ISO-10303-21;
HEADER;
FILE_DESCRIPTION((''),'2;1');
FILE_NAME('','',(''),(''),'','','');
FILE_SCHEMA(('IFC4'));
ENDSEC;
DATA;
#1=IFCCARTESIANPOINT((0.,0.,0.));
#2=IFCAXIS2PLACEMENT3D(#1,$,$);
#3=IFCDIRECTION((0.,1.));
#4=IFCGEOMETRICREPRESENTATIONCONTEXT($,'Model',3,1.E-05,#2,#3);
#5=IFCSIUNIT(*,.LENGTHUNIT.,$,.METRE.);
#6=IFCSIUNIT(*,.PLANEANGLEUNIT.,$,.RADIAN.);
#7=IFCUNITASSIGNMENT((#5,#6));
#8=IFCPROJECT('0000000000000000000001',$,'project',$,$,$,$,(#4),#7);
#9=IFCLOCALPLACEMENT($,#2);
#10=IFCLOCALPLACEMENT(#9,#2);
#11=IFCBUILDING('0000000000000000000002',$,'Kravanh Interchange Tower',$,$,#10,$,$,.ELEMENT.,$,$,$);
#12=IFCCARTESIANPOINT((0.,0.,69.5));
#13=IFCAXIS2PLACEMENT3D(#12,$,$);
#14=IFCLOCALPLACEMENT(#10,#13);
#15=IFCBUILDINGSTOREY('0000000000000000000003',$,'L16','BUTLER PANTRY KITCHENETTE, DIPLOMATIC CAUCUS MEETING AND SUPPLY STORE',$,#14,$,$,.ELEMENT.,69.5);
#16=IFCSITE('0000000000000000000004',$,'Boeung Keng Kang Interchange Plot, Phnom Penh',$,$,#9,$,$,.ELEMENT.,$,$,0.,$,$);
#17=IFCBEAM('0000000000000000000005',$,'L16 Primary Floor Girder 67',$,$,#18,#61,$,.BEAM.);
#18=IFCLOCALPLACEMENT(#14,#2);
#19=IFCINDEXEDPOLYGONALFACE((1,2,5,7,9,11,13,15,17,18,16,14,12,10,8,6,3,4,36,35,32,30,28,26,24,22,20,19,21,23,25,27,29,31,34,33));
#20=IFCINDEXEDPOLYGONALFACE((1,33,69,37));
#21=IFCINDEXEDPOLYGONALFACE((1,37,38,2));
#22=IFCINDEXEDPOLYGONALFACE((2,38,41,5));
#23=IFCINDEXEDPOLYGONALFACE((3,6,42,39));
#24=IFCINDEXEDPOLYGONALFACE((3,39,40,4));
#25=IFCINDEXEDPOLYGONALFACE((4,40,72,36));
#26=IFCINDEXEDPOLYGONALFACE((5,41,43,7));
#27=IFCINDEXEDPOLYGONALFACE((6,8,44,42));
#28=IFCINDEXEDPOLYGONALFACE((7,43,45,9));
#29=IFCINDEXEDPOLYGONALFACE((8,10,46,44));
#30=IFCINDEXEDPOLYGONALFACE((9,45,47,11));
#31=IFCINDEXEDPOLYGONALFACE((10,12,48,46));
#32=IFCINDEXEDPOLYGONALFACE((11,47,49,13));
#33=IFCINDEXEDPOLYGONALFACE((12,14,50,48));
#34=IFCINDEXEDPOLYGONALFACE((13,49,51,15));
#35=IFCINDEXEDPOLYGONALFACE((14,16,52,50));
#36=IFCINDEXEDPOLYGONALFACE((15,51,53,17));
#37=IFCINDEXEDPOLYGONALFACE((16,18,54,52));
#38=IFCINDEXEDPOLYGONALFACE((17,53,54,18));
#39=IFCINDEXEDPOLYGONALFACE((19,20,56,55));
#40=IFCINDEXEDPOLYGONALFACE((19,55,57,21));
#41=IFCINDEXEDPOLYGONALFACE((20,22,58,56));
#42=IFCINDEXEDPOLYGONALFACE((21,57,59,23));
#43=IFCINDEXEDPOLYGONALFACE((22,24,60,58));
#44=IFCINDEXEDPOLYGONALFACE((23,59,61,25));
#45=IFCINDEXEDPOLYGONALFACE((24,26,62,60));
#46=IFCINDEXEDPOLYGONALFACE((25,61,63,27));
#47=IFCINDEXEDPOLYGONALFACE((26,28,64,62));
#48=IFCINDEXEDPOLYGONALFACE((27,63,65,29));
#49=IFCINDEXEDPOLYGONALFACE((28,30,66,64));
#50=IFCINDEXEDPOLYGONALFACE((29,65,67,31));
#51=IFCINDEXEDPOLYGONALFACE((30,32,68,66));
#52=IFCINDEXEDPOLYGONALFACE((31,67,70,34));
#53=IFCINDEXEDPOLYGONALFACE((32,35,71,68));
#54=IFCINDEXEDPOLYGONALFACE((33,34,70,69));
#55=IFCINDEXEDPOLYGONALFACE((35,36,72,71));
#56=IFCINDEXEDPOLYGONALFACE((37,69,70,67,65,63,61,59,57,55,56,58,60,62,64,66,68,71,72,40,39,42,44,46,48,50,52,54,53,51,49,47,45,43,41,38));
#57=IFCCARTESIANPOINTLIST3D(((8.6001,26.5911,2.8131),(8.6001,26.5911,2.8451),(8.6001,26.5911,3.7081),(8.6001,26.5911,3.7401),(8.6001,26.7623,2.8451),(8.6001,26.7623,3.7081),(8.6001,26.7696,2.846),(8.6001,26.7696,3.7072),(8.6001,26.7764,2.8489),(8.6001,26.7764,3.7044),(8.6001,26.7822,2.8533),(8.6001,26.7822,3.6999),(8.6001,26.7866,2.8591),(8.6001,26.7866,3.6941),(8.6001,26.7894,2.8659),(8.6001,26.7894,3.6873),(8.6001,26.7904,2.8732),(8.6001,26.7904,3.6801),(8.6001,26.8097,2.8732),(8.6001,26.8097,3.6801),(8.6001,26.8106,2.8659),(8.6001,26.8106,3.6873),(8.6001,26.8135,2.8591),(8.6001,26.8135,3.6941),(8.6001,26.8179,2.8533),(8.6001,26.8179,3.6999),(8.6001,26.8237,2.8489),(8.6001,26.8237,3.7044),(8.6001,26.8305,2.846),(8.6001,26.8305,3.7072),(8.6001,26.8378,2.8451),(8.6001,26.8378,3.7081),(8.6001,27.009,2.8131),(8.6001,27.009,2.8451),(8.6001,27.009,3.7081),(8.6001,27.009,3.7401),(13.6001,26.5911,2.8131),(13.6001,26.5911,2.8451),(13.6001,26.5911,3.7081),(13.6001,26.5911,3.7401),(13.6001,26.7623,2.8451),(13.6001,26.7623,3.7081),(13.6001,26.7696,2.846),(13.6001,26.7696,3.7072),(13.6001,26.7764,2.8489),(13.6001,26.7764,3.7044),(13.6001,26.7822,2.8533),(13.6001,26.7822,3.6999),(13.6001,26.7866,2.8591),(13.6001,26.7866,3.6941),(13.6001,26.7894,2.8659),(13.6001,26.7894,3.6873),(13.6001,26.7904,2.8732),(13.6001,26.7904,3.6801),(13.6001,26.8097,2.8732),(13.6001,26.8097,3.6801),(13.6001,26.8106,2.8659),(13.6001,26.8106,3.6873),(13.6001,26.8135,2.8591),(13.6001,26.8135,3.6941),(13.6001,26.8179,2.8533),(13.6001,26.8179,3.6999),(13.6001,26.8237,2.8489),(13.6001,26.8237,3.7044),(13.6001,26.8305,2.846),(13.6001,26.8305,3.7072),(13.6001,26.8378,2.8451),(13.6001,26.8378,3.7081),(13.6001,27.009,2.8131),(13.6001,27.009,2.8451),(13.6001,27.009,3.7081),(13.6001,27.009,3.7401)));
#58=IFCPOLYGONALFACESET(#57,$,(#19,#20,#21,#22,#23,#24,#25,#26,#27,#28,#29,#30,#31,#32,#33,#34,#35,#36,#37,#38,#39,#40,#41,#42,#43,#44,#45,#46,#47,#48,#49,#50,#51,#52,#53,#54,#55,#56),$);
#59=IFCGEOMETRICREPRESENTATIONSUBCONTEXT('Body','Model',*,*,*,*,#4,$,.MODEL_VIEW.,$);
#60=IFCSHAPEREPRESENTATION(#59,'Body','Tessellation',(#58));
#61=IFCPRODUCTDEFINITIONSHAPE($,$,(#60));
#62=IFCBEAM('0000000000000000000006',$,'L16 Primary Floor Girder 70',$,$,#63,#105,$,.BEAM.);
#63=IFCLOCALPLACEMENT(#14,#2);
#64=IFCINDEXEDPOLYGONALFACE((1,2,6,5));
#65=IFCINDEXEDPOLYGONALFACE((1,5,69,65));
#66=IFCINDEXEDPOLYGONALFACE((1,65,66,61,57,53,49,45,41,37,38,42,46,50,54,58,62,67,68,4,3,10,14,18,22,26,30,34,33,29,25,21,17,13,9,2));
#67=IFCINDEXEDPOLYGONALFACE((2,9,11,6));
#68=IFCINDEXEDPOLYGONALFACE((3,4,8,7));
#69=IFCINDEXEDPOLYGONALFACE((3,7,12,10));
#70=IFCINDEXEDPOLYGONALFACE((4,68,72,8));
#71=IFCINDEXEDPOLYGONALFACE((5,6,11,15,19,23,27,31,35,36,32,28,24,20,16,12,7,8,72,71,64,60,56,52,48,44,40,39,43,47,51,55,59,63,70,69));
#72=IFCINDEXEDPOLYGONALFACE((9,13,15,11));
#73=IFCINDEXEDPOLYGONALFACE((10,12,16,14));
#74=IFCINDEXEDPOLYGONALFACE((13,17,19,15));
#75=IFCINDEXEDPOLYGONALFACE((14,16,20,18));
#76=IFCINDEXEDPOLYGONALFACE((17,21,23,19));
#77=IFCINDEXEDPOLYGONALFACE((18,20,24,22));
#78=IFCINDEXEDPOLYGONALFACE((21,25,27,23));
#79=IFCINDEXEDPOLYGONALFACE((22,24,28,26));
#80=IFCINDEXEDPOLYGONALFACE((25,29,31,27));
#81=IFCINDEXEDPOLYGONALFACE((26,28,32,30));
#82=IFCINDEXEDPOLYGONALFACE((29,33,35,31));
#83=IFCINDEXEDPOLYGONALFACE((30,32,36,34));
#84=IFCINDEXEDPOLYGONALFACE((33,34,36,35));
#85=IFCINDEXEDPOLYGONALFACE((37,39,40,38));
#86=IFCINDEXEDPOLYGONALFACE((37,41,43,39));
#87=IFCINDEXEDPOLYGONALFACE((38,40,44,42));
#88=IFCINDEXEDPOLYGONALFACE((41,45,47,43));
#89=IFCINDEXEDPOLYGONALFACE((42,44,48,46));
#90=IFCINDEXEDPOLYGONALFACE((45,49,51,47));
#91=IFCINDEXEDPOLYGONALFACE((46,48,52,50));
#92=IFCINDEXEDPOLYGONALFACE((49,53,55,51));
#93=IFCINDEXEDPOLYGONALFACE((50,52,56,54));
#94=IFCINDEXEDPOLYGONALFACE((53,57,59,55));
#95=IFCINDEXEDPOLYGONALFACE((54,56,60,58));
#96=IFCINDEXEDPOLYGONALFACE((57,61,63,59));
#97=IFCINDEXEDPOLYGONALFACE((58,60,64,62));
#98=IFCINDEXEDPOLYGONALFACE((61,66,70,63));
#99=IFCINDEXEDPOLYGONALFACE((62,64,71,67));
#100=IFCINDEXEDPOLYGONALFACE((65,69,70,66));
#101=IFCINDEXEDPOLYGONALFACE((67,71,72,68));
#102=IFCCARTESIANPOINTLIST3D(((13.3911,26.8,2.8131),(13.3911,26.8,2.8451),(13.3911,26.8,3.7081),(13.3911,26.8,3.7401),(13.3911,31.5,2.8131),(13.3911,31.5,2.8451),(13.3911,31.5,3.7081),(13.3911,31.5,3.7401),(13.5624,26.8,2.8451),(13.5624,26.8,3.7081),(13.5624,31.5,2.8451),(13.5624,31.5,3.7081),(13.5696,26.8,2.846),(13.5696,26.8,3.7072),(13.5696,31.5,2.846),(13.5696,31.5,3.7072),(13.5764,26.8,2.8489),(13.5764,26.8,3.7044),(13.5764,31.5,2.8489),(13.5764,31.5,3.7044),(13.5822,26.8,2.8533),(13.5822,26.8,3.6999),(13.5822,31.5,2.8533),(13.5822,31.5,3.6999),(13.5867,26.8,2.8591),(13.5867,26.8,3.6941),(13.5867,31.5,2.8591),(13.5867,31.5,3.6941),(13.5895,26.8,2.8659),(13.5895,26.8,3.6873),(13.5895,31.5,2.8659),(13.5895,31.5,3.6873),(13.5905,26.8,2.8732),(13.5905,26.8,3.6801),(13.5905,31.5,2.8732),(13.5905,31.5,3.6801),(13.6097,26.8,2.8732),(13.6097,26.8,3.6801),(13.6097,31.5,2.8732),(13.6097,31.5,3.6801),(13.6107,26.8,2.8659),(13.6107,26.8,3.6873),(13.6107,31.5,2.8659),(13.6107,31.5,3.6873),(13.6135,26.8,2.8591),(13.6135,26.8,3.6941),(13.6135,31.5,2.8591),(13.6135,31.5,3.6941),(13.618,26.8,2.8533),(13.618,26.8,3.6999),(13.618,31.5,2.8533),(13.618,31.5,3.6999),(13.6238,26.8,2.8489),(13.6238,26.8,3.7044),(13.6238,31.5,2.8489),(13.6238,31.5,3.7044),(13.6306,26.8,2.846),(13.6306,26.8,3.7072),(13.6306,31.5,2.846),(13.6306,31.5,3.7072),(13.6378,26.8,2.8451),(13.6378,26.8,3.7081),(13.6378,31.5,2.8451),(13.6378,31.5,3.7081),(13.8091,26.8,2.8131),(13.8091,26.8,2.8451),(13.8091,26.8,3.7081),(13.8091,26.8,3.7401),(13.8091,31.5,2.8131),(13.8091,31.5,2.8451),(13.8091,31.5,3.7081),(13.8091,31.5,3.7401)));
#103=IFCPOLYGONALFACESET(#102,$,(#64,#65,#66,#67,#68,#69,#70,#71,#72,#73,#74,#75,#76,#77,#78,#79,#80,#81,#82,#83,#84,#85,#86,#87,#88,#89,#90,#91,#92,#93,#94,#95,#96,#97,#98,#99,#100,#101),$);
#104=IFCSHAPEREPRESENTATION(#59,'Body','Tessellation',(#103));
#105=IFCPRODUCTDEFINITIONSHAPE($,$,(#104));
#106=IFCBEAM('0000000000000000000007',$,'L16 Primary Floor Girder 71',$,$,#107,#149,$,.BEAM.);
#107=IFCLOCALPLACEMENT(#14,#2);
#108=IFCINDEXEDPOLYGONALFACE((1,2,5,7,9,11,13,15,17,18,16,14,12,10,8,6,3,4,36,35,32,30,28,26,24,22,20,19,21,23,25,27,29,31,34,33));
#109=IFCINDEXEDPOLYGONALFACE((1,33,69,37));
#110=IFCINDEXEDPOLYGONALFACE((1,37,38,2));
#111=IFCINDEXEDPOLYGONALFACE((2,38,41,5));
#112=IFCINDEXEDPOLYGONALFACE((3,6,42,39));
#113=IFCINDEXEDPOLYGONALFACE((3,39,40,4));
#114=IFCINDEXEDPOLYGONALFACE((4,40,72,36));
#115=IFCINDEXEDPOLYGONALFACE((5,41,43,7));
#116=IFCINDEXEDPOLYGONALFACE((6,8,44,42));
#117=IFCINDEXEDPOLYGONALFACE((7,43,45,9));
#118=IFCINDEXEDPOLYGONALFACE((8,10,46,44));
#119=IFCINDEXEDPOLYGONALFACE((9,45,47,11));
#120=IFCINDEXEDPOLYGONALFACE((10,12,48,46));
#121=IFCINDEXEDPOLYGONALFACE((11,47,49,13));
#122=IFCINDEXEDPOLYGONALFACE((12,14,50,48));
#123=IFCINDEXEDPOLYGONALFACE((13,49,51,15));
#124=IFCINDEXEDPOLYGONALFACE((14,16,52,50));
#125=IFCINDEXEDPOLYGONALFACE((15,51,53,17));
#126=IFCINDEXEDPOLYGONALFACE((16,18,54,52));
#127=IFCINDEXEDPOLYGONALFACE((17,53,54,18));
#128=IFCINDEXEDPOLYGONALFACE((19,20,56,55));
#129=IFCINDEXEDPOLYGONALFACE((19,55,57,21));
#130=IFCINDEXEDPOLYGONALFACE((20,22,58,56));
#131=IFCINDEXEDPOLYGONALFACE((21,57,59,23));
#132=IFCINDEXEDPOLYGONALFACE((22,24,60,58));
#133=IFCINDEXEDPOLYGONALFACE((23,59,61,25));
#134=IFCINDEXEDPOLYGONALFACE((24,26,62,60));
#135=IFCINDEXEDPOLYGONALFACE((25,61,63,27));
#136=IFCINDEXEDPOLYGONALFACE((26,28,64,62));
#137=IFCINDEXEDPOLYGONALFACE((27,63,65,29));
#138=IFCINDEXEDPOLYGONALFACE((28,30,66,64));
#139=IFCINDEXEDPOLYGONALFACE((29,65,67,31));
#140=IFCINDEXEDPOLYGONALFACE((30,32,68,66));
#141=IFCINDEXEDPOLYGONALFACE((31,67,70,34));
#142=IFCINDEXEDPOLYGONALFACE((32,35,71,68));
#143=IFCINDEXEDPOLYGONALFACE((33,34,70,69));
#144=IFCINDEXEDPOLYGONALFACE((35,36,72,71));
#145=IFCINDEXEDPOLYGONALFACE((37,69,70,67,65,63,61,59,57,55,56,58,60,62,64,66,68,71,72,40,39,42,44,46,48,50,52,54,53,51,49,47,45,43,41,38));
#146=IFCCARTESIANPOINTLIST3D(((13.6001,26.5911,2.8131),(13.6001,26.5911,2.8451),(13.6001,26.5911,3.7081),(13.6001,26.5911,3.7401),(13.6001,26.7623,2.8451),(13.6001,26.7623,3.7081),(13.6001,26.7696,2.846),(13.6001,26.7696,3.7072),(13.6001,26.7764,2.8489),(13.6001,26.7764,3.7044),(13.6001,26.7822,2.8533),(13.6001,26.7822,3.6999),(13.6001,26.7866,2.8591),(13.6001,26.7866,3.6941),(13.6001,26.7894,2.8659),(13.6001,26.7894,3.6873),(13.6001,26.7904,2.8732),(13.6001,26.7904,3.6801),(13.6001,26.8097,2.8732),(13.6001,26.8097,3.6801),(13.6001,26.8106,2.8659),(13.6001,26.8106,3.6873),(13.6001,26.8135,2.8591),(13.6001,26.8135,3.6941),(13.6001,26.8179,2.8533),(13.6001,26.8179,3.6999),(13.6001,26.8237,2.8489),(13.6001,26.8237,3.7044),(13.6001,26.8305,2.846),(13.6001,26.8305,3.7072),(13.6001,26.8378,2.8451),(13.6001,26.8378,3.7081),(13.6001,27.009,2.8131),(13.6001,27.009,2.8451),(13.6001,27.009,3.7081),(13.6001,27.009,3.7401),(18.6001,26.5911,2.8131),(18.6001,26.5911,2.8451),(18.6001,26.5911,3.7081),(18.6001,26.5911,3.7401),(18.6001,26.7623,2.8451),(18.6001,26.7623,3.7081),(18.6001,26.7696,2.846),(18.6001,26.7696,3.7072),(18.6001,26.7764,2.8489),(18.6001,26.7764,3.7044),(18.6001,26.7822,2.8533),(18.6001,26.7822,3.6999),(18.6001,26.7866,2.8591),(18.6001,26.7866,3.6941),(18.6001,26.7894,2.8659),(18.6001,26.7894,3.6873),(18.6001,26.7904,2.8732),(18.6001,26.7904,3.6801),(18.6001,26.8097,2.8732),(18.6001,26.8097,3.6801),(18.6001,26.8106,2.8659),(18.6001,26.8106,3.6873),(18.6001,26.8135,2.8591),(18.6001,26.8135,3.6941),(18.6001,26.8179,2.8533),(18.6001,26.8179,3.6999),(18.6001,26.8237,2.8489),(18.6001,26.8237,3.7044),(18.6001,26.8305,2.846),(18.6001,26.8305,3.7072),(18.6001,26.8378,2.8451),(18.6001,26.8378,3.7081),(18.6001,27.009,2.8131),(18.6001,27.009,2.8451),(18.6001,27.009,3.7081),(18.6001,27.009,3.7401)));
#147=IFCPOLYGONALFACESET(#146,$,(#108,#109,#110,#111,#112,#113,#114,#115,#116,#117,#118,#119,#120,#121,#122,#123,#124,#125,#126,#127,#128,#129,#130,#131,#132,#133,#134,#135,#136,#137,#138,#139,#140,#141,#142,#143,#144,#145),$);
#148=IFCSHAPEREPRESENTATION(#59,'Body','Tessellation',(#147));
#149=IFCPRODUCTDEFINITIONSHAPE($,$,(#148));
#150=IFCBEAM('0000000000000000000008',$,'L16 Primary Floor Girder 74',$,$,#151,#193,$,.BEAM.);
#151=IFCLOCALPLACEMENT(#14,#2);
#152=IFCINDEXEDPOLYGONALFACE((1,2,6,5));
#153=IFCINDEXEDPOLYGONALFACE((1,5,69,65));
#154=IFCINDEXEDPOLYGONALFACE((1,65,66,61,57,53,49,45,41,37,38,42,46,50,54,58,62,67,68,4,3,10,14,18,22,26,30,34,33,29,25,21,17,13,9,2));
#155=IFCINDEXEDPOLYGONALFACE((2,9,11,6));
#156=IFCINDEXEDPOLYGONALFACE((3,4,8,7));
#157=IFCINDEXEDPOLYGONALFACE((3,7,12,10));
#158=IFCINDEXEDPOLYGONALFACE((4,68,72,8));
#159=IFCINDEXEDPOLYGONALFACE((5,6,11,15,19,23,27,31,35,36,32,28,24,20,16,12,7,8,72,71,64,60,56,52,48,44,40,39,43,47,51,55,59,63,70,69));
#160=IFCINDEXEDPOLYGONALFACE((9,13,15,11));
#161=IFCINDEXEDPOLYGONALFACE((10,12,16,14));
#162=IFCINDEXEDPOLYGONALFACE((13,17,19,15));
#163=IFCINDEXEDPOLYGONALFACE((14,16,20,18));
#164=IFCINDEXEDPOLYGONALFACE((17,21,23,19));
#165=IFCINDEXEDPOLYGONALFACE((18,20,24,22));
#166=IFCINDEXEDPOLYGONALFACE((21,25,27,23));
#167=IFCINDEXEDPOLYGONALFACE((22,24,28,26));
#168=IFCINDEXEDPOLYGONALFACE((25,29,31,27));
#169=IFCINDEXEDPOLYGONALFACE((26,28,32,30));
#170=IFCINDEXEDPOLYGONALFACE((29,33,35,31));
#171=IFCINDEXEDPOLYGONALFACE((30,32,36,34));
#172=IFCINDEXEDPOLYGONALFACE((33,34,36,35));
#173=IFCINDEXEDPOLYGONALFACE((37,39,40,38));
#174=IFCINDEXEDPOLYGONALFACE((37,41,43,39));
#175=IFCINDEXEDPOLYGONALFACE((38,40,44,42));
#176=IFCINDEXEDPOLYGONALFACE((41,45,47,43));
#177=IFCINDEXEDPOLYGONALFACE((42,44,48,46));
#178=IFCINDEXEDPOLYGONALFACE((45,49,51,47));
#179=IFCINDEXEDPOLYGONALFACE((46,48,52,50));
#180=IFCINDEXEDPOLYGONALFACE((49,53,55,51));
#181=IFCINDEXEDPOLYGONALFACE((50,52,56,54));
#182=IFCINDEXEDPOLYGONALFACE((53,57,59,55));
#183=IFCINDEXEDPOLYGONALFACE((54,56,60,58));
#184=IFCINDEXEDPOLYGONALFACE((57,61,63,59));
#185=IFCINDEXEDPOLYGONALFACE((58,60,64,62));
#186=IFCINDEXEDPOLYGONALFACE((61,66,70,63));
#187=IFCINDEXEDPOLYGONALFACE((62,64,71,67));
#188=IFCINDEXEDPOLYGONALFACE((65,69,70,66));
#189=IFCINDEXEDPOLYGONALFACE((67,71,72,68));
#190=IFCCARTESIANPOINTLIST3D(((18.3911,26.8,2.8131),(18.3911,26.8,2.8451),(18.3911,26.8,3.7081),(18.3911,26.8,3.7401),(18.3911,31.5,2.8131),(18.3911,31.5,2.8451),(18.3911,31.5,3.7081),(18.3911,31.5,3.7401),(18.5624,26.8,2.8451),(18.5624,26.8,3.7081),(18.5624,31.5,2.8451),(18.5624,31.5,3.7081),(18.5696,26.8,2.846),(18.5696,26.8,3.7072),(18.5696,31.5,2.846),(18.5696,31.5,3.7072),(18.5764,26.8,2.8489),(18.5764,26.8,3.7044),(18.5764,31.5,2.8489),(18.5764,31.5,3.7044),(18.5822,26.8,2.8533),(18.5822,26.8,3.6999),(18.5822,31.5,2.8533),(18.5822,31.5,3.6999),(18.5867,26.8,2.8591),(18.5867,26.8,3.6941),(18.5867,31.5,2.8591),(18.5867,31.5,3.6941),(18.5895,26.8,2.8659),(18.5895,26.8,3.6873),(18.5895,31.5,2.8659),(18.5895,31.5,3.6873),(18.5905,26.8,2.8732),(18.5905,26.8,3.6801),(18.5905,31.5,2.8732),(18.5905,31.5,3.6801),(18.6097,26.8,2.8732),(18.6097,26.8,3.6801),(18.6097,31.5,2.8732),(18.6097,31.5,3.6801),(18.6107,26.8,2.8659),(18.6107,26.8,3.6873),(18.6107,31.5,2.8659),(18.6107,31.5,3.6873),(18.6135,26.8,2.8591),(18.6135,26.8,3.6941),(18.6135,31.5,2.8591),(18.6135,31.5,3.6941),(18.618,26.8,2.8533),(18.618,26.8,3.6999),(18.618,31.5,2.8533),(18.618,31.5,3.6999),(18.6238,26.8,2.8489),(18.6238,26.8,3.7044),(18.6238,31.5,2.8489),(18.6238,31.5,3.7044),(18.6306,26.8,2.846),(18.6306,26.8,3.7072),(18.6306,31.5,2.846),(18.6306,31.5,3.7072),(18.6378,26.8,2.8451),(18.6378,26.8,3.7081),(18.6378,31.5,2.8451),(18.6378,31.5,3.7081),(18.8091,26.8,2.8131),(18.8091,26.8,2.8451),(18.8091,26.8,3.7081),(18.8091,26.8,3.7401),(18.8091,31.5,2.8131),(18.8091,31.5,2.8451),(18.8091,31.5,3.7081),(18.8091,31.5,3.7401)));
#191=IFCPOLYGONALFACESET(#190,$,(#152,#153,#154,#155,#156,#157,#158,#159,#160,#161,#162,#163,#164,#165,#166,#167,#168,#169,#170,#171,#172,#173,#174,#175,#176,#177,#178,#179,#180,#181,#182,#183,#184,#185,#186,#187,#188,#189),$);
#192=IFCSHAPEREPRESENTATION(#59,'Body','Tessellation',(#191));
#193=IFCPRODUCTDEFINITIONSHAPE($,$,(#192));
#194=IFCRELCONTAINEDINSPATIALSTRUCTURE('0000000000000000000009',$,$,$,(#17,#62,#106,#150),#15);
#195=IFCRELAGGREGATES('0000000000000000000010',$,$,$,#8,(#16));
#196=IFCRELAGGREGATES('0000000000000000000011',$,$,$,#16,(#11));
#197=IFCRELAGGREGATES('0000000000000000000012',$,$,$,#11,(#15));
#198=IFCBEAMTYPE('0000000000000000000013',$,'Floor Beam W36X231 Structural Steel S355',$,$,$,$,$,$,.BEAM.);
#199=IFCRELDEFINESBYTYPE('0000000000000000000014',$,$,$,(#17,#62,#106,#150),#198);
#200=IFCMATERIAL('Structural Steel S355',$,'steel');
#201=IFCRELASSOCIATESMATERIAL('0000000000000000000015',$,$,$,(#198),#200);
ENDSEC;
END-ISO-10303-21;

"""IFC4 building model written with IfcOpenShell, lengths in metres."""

from ifc_helpers import new_model, si_unit, direction, frame, origin, origin_2d, place, context, subcontext, project, spatial, i_section, extrude, material, material_profile, profile_set, type_object, element, save


model = new_model("IFC4")

# Units and contexts
model_context = context("Model", 3, precision=1e-05, world=origin(), true_north=direction((0.0, 1.0)))
body_context = subcontext(model_context, "Body", "Model", "MODEL_VIEW")
ifc_project = project(units=[si_unit("LENGTHUNIT", "METRE"), si_unit("PLANEANGLEUNIT", "RADIAN")], contexts=[model_context])

# Site, building, storey
site_placement = place(None, origin())
site = spatial("IfcSite", under=ifc_project, at=site_placement, Name="Boeung Keng Kang Interchange Plot, Phnom Penh", CompositionType="ELEMENT", RefElevation=0.0)
building_placement = place(site_placement, origin())
building = spatial("IfcBuilding", under=site, at=building_placement, Name="Kravanh Interchange Tower", CompositionType="ELEMENT")
storey_placement = place(building_placement, frame((0.0, 0.0, 69.5)))
storey = spatial("IfcBuildingStorey", under=building, at=storey_placement, Name="L16", Description="BUTLER PANTRY KITCHENETTE, DIPLOMATIC CAUCUS MEETING AND SUPPLY STORE", CompositionType="ELEMENT", Elevation=69.5)

# Beams
ifc_material_1 = material(Name="Structural Steel S355", Category="steel")
ifc_material_profile_1 = material_profile(ifc_material_1, i_section(OverallWidth=0.418, OverallDepth=0.927, WebThickness=0.0193, FlangeThickness=0.032, FilletRadius=0.0281, at=origin_2d()), Name="W36X231")
ifc_profile_set_1 = profile_set([ifc_material_profile_1], Name="Structural Steel S355")
beam_type_1 = type_object("IfcBeamType", Name="Floor Beam W36X231 Structural Steel S355", PredefinedType="BEAM", material=ifc_profile_set_1)
beam_1_placement = place(storey_placement, frame((8.6001, 26.8, 3.2766), z_axis=(1.0, 0.0, 0.0), x_axis=(0.0, 1.0, 0.0)))
element("IfcBeam", 1, at=beam_1_placement, inside=storey, type_object=beam_type_1, Name="L16 Primary Floor Girder 67", PredefinedType="BEAM", context=body_context, shape_type="SweptSolid", body=[
    extrude(i_section(OverallWidth=0.418, OverallDepth=0.927, WebThickness=0.0193, FlangeThickness=0.032, FilletRadius=0.0281, at=origin_2d()), origin(), (0.0, 0.0, 1.0), 5.0),
])
beam_2_placement = place(storey_placement, frame((13.6001, 26.8, 3.2766), z_axis=(0.0, 1.0, 0.0), x_axis=(-1.0, 0.0, 0.0)))
element("IfcBeam", 2, at=beam_2_placement, inside=storey, type_object=beam_type_1, Name="L16 Primary Floor Girder 70", PredefinedType="BEAM", context=body_context, shape_type="SweptSolid", body=[
    extrude(i_section(OverallWidth=0.418, OverallDepth=0.927, WebThickness=0.0193, FlangeThickness=0.032, FilletRadius=0.0281, at=origin_2d()), origin(), (0.0, 0.0, 1.0), 4.7),
])
beam_3_placement = place(storey_placement, frame((13.6001, 26.8, 3.2766), z_axis=(1.0, 0.0, 0.0), x_axis=(0.0, 1.0, 0.0)))
element("IfcBeam", 3, at=beam_3_placement, inside=storey, type_object=beam_type_1, Name="L16 Primary Floor Girder 71", PredefinedType="BEAM", context=body_context, shape_type="SweptSolid", body=[
    extrude(i_section(OverallWidth=0.418, OverallDepth=0.927, WebThickness=0.0193, FlangeThickness=0.032, FilletRadius=0.0281, at=origin_2d()), origin(), (0.0, 0.0, 1.0), 5.0),
])
beam_4_placement = place(storey_placement, frame((18.6001, 26.8, 3.2766), z_axis=(0.0, 1.0, 0.0), x_axis=(-1.0, 0.0, 0.0)))
element("IfcBeam", 4, at=beam_4_placement, inside=storey, type_object=beam_type_1, Name="L16 Primary Floor Girder 74", PredefinedType="BEAM", context=body_context, shape_type="SweptSolid", body=[
    extrude(i_section(OverallWidth=0.418, OverallDepth=0.927, WebThickness=0.0193, FlangeThickness=0.032, FilletRadius=0.0281, at=origin_2d()), origin(), (0.0, 0.0, 1.0), 4.7),
])

save(model, "model.ifc")
